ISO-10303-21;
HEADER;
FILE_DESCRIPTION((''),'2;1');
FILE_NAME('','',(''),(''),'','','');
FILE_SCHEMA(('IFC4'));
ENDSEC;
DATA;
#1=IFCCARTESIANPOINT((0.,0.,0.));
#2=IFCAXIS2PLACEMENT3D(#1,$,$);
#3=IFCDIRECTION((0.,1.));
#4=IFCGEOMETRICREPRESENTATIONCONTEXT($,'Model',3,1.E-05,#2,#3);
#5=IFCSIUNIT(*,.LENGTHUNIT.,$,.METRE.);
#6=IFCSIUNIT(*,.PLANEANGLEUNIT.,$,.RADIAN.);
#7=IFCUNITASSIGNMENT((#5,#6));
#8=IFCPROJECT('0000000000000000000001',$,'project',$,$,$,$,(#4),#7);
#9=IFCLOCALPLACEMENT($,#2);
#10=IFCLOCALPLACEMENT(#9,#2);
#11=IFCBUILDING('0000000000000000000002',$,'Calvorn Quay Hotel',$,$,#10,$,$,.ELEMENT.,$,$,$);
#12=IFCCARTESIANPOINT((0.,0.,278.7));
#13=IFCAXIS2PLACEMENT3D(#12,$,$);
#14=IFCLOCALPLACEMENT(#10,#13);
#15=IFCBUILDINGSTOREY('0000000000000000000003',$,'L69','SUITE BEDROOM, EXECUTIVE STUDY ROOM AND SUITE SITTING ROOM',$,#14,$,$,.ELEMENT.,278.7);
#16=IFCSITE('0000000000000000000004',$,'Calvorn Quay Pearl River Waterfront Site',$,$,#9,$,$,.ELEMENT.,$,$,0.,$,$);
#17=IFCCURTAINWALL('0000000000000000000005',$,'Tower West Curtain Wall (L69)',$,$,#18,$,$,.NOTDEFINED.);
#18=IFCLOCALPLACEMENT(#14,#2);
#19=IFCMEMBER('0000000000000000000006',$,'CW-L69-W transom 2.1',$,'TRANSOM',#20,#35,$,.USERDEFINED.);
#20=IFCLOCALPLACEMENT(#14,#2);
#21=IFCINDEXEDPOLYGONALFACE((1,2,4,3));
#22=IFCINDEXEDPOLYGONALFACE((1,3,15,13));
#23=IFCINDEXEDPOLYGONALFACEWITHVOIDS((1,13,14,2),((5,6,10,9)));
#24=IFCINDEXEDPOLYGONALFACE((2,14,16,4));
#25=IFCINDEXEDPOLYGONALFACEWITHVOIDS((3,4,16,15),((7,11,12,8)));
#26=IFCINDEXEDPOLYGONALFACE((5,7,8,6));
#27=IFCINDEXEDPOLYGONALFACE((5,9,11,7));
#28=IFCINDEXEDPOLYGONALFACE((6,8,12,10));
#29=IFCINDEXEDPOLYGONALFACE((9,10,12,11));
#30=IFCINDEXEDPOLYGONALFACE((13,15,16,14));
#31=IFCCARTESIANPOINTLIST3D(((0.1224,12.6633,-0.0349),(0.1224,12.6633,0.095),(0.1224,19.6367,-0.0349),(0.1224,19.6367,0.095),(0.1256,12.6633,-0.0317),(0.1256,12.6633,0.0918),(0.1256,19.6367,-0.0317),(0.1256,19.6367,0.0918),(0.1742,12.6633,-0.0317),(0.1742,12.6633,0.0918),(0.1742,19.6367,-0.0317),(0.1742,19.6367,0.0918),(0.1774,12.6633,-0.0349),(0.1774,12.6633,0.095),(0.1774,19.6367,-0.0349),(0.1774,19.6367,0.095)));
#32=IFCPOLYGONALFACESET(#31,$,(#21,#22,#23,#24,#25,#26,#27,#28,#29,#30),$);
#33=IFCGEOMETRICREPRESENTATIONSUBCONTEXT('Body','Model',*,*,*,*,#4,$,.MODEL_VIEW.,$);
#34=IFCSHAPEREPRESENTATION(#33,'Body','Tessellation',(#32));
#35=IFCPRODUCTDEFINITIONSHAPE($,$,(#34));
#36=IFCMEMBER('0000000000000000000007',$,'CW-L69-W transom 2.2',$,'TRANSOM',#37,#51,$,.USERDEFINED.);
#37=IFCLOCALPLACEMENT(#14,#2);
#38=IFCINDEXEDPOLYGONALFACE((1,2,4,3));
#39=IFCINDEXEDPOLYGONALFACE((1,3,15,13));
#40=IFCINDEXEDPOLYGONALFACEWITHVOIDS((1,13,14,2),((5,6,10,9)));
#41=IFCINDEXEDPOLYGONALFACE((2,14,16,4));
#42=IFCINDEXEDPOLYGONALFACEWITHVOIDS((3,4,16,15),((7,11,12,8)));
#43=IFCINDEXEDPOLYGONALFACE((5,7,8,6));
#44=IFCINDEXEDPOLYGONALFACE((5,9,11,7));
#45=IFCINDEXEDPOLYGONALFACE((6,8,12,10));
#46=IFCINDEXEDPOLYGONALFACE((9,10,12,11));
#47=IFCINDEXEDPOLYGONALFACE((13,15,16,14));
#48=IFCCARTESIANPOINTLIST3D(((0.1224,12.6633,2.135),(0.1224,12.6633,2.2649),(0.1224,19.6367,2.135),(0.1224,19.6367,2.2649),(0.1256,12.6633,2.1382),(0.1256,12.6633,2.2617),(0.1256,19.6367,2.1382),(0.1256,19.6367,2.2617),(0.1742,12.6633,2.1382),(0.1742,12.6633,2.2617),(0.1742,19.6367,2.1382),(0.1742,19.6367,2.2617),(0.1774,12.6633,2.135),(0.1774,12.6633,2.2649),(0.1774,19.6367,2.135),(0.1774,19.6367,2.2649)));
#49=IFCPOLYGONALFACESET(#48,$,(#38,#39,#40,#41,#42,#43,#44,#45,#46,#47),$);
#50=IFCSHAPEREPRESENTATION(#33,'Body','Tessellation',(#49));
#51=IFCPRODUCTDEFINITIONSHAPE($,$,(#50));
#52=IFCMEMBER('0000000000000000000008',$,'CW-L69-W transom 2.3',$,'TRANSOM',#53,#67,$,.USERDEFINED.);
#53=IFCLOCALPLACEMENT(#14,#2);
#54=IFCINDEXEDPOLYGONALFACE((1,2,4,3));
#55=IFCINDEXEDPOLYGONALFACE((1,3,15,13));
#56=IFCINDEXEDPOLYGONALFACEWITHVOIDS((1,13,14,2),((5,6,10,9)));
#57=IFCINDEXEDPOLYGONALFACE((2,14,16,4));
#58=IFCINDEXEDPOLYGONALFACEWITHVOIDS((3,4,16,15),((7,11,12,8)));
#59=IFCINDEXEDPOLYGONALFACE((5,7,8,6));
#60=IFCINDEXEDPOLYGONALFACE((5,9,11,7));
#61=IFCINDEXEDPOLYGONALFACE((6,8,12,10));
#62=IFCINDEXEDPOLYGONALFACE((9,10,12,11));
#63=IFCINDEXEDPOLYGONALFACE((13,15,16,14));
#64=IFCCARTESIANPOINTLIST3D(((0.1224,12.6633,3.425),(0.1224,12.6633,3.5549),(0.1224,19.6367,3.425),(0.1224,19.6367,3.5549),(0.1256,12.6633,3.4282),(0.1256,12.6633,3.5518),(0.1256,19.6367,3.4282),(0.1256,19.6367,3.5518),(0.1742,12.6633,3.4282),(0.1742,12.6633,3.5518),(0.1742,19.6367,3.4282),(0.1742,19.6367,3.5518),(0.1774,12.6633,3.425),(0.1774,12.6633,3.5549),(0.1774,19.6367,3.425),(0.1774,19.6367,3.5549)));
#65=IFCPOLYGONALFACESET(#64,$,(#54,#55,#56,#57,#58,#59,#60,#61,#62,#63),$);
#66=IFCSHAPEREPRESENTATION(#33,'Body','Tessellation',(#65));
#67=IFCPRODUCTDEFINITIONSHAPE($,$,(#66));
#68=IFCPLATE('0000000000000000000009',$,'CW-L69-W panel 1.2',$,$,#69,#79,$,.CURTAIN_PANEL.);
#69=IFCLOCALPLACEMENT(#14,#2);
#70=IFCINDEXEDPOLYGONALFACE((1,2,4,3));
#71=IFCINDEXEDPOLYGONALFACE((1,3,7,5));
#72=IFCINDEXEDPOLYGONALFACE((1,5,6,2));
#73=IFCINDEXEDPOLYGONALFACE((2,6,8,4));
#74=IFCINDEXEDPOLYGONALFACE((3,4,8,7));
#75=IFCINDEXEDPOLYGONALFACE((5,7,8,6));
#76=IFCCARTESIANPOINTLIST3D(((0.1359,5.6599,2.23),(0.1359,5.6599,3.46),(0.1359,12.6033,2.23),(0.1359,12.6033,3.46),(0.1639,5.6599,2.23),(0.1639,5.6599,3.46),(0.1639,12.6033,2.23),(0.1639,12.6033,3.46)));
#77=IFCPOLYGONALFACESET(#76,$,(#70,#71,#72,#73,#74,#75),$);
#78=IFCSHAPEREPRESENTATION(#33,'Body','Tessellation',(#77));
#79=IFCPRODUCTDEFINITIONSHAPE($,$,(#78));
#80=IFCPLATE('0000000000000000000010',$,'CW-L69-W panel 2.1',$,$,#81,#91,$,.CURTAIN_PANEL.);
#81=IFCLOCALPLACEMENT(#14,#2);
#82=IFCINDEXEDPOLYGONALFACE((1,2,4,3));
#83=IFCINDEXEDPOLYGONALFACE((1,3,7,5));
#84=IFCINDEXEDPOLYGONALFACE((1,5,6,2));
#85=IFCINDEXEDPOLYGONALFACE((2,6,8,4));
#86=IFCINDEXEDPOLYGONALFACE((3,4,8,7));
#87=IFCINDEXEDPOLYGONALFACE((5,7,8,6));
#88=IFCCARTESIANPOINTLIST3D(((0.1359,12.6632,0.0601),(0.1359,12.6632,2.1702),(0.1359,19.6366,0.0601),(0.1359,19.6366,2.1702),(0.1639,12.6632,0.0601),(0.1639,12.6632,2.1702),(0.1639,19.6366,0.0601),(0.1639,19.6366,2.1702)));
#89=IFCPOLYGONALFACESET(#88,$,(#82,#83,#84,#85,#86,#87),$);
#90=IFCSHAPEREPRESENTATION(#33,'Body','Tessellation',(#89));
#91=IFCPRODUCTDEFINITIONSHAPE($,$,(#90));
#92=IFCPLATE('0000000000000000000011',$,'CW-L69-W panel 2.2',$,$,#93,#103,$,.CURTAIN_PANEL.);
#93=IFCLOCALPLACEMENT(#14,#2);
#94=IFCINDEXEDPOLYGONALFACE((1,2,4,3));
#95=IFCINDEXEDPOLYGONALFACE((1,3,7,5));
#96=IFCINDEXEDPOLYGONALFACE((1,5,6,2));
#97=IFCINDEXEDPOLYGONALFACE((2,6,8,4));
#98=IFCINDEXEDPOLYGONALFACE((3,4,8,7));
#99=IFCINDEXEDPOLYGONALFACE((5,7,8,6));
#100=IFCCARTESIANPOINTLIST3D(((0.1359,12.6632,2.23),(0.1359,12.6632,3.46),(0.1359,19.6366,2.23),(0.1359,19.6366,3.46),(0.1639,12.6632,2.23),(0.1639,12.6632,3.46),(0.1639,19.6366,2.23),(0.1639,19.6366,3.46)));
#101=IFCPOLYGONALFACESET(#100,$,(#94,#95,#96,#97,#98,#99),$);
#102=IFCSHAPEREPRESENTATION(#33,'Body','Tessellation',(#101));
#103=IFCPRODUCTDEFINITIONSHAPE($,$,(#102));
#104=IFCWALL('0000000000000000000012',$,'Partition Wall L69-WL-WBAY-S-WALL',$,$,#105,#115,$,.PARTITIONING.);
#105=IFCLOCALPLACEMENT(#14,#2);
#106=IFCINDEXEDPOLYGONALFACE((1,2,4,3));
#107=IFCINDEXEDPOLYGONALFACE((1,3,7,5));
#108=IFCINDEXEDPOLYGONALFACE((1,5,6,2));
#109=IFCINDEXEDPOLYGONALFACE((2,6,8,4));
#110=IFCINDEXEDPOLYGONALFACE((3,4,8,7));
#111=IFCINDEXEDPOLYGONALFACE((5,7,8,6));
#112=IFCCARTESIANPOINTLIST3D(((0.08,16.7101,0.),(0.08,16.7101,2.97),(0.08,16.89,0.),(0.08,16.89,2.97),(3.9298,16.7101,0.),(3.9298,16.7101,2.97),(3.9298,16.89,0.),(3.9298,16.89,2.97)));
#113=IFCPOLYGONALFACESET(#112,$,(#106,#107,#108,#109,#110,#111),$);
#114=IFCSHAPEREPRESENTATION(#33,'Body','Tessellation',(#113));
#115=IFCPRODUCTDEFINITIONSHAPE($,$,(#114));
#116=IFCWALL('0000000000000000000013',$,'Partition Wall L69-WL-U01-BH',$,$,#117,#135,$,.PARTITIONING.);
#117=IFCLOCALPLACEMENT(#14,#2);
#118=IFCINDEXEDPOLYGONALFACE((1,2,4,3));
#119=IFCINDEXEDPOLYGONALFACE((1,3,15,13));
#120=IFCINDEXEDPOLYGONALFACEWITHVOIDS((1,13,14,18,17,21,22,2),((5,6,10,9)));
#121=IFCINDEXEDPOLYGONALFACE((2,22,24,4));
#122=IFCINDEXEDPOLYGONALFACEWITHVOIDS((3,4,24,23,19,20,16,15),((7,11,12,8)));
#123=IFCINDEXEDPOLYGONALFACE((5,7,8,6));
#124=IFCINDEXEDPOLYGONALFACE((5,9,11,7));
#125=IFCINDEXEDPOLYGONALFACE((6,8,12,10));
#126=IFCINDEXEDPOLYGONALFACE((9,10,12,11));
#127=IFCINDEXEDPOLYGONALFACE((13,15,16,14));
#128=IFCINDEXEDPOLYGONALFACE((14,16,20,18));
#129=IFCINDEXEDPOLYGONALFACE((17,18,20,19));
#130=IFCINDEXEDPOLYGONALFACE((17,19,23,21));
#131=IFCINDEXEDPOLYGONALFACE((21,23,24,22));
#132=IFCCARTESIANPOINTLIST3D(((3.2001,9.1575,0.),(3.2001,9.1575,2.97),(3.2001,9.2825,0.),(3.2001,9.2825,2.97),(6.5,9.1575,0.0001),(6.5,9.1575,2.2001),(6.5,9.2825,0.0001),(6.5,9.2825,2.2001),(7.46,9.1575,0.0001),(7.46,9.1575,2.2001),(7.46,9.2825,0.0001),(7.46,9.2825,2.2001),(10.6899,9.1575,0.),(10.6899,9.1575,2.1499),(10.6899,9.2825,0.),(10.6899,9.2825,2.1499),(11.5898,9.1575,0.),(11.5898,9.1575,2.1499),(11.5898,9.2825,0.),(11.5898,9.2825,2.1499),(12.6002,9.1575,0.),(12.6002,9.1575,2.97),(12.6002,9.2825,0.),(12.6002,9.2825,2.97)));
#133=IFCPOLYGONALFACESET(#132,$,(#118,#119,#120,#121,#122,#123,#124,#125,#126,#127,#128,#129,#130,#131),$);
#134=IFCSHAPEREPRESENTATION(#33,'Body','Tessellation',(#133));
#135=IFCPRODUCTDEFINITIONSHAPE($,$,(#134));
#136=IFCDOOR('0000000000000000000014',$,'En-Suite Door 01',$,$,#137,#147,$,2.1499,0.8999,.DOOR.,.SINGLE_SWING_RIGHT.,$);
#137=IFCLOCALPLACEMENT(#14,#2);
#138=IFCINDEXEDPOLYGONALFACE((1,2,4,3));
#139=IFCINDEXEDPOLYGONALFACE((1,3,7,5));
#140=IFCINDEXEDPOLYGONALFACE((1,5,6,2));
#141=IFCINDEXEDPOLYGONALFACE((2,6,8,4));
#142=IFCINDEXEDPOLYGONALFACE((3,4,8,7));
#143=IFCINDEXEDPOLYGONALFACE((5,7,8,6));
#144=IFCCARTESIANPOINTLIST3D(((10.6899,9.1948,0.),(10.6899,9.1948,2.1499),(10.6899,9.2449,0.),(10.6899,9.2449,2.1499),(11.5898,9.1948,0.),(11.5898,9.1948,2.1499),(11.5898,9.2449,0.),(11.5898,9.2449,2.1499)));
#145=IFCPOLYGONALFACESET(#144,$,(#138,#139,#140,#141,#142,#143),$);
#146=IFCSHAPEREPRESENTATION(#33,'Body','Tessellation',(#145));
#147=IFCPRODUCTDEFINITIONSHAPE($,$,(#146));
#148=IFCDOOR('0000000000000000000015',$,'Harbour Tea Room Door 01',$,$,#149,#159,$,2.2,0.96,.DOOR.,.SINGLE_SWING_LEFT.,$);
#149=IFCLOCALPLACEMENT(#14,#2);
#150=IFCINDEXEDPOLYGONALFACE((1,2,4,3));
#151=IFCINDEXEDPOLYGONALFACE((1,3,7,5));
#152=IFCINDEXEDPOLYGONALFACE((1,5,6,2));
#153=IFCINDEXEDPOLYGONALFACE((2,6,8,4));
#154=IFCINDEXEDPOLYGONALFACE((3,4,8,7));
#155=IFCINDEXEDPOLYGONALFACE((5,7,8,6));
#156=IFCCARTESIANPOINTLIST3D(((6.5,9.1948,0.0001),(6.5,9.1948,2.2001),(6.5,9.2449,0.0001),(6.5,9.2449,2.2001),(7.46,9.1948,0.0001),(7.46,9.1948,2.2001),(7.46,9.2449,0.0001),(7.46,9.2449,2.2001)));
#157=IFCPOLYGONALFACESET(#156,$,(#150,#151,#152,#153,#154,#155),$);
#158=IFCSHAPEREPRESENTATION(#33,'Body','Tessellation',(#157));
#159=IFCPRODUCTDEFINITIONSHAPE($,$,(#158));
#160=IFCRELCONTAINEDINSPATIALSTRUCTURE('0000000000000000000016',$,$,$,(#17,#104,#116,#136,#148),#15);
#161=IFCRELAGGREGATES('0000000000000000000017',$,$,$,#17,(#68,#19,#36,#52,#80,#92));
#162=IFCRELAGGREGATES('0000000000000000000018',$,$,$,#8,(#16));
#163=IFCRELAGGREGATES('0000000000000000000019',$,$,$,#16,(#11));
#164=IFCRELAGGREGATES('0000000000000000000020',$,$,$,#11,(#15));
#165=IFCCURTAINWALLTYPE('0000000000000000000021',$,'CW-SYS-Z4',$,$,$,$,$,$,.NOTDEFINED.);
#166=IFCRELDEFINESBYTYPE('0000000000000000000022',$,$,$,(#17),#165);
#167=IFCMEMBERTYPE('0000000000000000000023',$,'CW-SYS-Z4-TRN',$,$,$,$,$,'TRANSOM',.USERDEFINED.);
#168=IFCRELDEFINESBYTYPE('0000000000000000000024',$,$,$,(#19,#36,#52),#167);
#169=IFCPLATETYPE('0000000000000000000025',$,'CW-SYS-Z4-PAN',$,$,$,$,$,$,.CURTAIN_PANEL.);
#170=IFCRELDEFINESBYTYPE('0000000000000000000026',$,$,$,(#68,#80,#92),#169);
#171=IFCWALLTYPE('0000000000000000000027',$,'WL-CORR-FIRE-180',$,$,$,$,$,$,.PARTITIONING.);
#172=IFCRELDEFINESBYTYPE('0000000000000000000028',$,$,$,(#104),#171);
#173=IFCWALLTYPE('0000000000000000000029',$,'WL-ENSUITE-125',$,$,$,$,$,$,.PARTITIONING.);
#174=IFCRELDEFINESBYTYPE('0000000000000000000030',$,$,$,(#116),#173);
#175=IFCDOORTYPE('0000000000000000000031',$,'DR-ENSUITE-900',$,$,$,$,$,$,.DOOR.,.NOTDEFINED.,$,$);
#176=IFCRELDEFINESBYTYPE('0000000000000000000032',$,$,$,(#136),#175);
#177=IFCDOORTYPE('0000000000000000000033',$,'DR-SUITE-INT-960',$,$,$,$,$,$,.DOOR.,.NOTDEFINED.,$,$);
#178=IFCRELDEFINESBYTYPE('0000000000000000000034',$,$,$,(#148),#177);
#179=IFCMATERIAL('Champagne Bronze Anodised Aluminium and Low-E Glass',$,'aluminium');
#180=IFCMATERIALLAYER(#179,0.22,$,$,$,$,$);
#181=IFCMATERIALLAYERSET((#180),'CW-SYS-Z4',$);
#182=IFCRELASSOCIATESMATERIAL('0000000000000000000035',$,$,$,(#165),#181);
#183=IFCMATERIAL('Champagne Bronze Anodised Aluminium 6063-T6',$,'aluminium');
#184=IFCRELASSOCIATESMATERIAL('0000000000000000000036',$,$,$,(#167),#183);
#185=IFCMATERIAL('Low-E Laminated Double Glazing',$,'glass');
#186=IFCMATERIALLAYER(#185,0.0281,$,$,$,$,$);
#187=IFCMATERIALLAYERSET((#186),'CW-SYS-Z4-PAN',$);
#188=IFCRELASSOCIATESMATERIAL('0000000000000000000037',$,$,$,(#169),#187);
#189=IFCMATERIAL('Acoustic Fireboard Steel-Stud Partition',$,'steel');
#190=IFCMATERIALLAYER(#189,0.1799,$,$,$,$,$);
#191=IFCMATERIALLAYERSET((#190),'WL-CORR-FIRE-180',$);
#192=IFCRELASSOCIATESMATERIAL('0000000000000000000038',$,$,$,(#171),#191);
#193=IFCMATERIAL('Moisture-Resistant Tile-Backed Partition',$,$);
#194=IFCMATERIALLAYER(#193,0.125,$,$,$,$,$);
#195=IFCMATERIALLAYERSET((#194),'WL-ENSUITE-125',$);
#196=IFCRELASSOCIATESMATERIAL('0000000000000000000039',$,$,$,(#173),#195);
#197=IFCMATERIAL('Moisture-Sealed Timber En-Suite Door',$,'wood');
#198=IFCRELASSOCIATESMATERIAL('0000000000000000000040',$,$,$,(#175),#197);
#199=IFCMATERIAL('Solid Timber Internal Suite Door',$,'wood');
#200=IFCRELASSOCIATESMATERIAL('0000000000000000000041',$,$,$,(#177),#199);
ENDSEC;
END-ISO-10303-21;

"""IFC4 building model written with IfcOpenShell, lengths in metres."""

from ifc_helpers import new_model, si_unit, direction, frame, frame_2d, origin, origin_2d, place, context, subcontext, project, spatial, rectangle, hollow_rectangle, extrude, material, layer, layer_set, material_profile, profile_set, type_object, element, fill, aggregate, save


model = new_model("IFC4")

# Units and contexts
model_context = context("Model", 3, precision=1e-05, world=origin(), true_north=direction((0.0, 1.0)))
body_context = subcontext(model_context, "Body", "Model", "MODEL_VIEW")
ifc_project = project(units=[si_unit("LENGTHUNIT", "METRE"), si_unit("PLANEANGLEUNIT", "RADIAN")], contexts=[model_context])

# Site, building, storey
site_placement = place(None, origin())
site = spatial("IfcSite", under=ifc_project, at=site_placement, Name="Calvorn Quay Pearl River Waterfront Site", CompositionType="ELEMENT", RefElevation=0.0)
building_placement = place(site_placement, origin())
building = spatial("IfcBuilding", under=site, at=building_placement, Name="Calvorn Quay Hotel", CompositionType="ELEMENT")
storey_placement = place(building_placement, frame((0.0, 0.0, 278.7)))
storey = spatial("IfcBuildingStorey", under=building, at=storey_placement, Name="L69", Description="SUITE BEDROOM, EXECUTIVE STUDY ROOM AND SUITE SITTING ROOM", CompositionType="ELEMENT", Elevation=278.7)

# Curtain wall, members, plates
ifc_material_1 = material(Name="Champagne Bronze Anodised Aluminium and Low-E Glass", Category="aluminium")
ifc_layer_1 = layer(ifc_material_1, 0.22)
ifc_layer_set_1 = layer_set([ifc_layer_1], Name="CW-SYS-Z4")
curtain_wall_type = type_object("IfcCurtainWallType", Name="CW-SYS-Z4", PredefinedType="NOTDEFINED", material=ifc_layer_set_1)
curtain_wall_placement = place(storey_placement, origin())
curtain_wall = element("IfcCurtainWall", 1, at=curtain_wall_placement, inside=storey, type_object=curtain_wall_type, Name="Tower West Curtain Wall (L69)", PredefinedType="NOTDEFINED")
ifc_material_2 = material(Name="Champagne Bronze Anodised Aluminium 6063-T6", Category="aluminium")
ifc_material_profile_1 = material_profile(ifc_material_2, hollow_rectangle(XDim=0.0549, YDim=0.1299, WallThickness=0.0032, at=origin_2d()), Name="ALU-T130x55x3.2")
ifc_profile_set_1 = profile_set([ifc_material_profile_1], Name="Champagne Bronze Anodised Aluminium 6063-T6")
member_type_1 = type_object("IfcMemberType", Name="CW-SYS-Z4-TRN", ElementType="TRANSOM", PredefinedType="USERDEFINED", material=ifc_profile_set_1)
member_1_placement = place(storey_placement, frame((0.1499, 12.6633, 0.03), z_axis=(0.0, 1.0, 0.0), x_axis=(-1.0, 0.0, 0.0)))
member_1 = element("IfcMember", 2, at=member_1_placement, type_object=member_type_1, Name="CW-L69-W transom 2.1", ObjectType="TRANSOM", PredefinedType="USERDEFINED", context=body_context, shape_type="SweptSolid", body=[
    extrude(hollow_rectangle(XDim=0.0549, YDim=0.1299, WallThickness=0.0032, at=origin_2d()), origin(), (0.0, 0.0, 1.0), 6.9734),
])
member_2_placement = place(storey_placement, frame((0.1499, 12.6633, 2.2), z_axis=(0.0, 1.0, 0.0), x_axis=(-1.0, 0.0, 0.0)))
member_2 = element("IfcMember", 3, at=member_2_placement, type_object=member_type_1, Name="CW-L69-W transom 2.2", ObjectType="TRANSOM", PredefinedType="USERDEFINED", context=body_context, shape_type="SweptSolid", body=[
    extrude(hollow_rectangle(XDim=0.0549, YDim=0.1299, WallThickness=0.0032, at=origin_2d()), origin(), (0.0, 0.0, 1.0), 6.9734),
])
member_3_placement = place(storey_placement, frame((0.1499, 12.6633, 3.49), z_axis=(0.0, 1.0, 0.0), x_axis=(-1.0, 0.0, 0.0)))
member_3 = element("IfcMember", 4, at=member_3_placement, type_object=member_type_1, Name="CW-L69-W transom 2.3", ObjectType="TRANSOM", PredefinedType="USERDEFINED", context=body_context, shape_type="SweptSolid", body=[
    extrude(hollow_rectangle(XDim=0.0549, YDim=0.1299, WallThickness=0.0032, at=origin_2d()), origin(), (0.0, 0.0, 1.0), 6.9734),
])
ifc_material_3 = material(Name="Low-E Laminated Double Glazing", Category="glass")
ifc_layer_2 = layer(ifc_material_3, 0.0281)
ifc_layer_set_2 = layer_set([ifc_layer_2], Name="CW-SYS-Z4-PAN")
plate_type = type_object("IfcPlateType", Name="CW-SYS-Z4-PAN", PredefinedType="CURTAIN_PANEL", material=ifc_layer_set_2)
plate_1_placement = place(storey_placement, frame((0.1499, 9.1316, 2.23), z_axis=(0.0, 0.0, 1.0), x_axis=(0.0, 1.0, 0.0)))
plate_1 = element("IfcPlate", 5, at=plate_1_placement, type_object=plate_type, Name="CW-L69-W panel 1.2", PredefinedType="CURTAIN_PANEL", context=body_context, shape_type="SweptSolid", body=[
    extrude(rectangle(XDim=6.9434, YDim=0.0281, at=origin_2d()), origin(), (0.0, 0.0, 1.0), 1.23),
])
plate_2_placement = place(storey_placement, frame((0.1499, 16.1499, 0.0601), z_axis=(0.0, 0.0, 1.0), x_axis=(0.0, 1.0, 0.0)))
plate_2 = element("IfcPlate", 6, at=plate_2_placement, type_object=plate_type, Name="CW-L69-W panel 2.1", PredefinedType="CURTAIN_PANEL", context=body_context, shape_type="SweptSolid", body=[
    extrude(rectangle(XDim=6.9734, YDim=0.0281, at=origin_2d()), origin(), (0.0, 0.0, 1.0), 2.1101),
])
plate_3_placement = place(storey_placement, frame((0.1499, 16.1499, 2.23), z_axis=(0.0, 0.0, 1.0), x_axis=(0.0, 1.0, 0.0)))
plate_3 = element("IfcPlate", 7, at=plate_3_placement, type_object=plate_type, Name="CW-L69-W panel 2.2", PredefinedType="CURTAIN_PANEL", context=body_context, shape_type="SweptSolid", body=[
    extrude(rectangle(XDim=6.9734, YDim=0.0281, at=origin_2d()), origin(), (0.0, 0.0, 1.0), 1.23),
])
aggregate(curtain_wall, [plate_1, member_1, member_2, member_3, plate_2, plate_3])

# Wall
ifc_material_4 = material(Name="Acoustic Fireboard Steel-Stud Partition", Category="steel")
ifc_layer_3 = layer(ifc_material_4, 0.1799)
ifc_layer_set_3 = layer_set([ifc_layer_3], Name="WL-CORR-FIRE-180")
wall_type_1 = type_object("IfcWallType", Name="WL-CORR-FIRE-180", PredefinedType="PARTITIONING", material=ifc_layer_set_3)
wall_1_placement = place(storey_placement, frame((0.0801, 16.8, 0.0), z_axis=(0.0, 0.0, 1.0), x_axis=(1.0, 0.0, 0.0)))
element("IfcWall", 8, at=wall_1_placement, inside=storey, type_object=wall_type_1, Name="Partition Wall L69-WL-WBAY-S-WALL", PredefinedType="PARTITIONING", context=body_context, shape_type="SweptSolid", body=[
    extrude(rectangle(XDim=3.8499, YDim=0.1799, at=frame_2d((1.9248, 0.0))), origin(), (0.0, 0.0, 1.0), 2.97),
])

# Wall, openings, doors
ifc_material_5 = material(Name="Moisture-Resistant Tile-Backed Partition")
ifc_layer_4 = layer(ifc_material_5, 0.125)
ifc_layer_set_4 = layer_set([ifc_layer_4], Name="WL-ENSUITE-125")
wall_type_2 = type_object("IfcWallType", Name="WL-ENSUITE-125", PredefinedType="PARTITIONING", material=ifc_layer_set_4)
wall_2_placement = place(storey_placement, frame((3.2, 9.22, 0.0), z_axis=(0.0, 0.0, 1.0), x_axis=(1.0, 0.0, 0.0)))
wall_2 = element("IfcWall", 9, at=wall_2_placement, inside=storey, type_object=wall_type_2, Name="Partition Wall L69-WL-U01-BH", PredefinedType="PARTITIONING", context=body_context, shape_type="SweptSolid", body=[
    extrude(rectangle(XDim=9.4001, YDim=0.125, at=frame_2d((4.7002, 0.0))), origin(), (0.0, 0.0, 1.0), 2.97),
])
opening_1_placement = place(wall_2_placement, frame((3.3, 0.0, 0.0)))
opening_1 = element("IfcOpeningElement", 10, at=opening_1_placement, cuts=wall_2, PredefinedType="OPENING", context=body_context, shape_type="SweptSolid", body=[
    extrude(rectangle(XDim=0.96, YDim=2.2, at=frame_2d((0.48, 1.1001))), frame((0.0, 0.0725, 0.0), z_axis=(0.0, -1.0, 0.0), x_axis=(1.0, 0.0, 0.0)), (0.0, 0.0, 1.0), 0.145),
])
opening_2_placement = place(wall_2_placement, frame((7.49, 0.0, 0.0)))
opening_2 = element("IfcOpeningElement", 11, at=opening_2_placement, cuts=wall_2, PredefinedType="OPENING", context=body_context, shape_type="SweptSolid", body=[
    extrude(rectangle(XDim=0.8999, YDim=2.1499, at=frame_2d((0.45, 1.075))), frame((0.0, 0.0725, 0.0), z_axis=(0.0, -1.0, 0.0), x_axis=(1.0, 0.0, 0.0)), (0.0, 0.0, 1.0), 0.145),
])
ifc_material_6 = material(Name="Moisture-Sealed Timber En-Suite Door", Category="wood")
door_type_1 = type_object("IfcDoorType", Name="DR-ENSUITE-900", OperationType="NOTDEFINED", PredefinedType="DOOR", material=ifc_material_6)
door_1_placement = place(opening_2_placement, origin())
door_1 = element("IfcDoor", 12, at=door_1_placement, inside=storey, type_object=door_type_1, Name="En-Suite Door 01", OperationType="SINGLE_SWING_RIGHT", OverallHeight=2.1499, OverallWidth=0.8999, PredefinedType="DOOR", context=body_context, shape_type="SweptSolid", body=[
    extrude(rectangle(XDim=0.8999, YDim=2.1499, at=frame_2d((0.45, 1.075))), frame((0.0, 0.0249, 0.0), z_axis=(0.0, -1.0, 0.0), x_axis=(1.0, 0.0, 0.0)), (0.0, 0.0, 1.0), 0.05),
])
fill(opening_2, door_1)
ifc_material_7 = material(Name="Solid Timber Internal Suite Door", Category="wood")
door_type_2 = type_object("IfcDoorType", Name="DR-SUITE-INT-960", OperationType="NOTDEFINED", PredefinedType="DOOR", material=ifc_material_7)
door_2_placement = place(opening_1_placement, origin())
door_2 = element("IfcDoor", 13, at=door_2_placement, inside=storey, type_object=door_type_2, Name="Harbour Tea Room Door 01", OperationType="SINGLE_SWING_LEFT", OverallHeight=2.2, OverallWidth=0.96, PredefinedType="DOOR", context=body_context, shape_type="SweptSolid", body=[
    extrude(rectangle(XDim=0.96, YDim=2.2, at=frame_2d((0.48, 1.1001))), frame((0.0, 0.0249, 0.0), z_axis=(0.0, -1.0, 0.0), x_axis=(1.0, 0.0, 0.0)), (0.0, 0.0, 1.0), 0.05),
])
fill(opening_1, door_2)

save(model, "model.ifc")
